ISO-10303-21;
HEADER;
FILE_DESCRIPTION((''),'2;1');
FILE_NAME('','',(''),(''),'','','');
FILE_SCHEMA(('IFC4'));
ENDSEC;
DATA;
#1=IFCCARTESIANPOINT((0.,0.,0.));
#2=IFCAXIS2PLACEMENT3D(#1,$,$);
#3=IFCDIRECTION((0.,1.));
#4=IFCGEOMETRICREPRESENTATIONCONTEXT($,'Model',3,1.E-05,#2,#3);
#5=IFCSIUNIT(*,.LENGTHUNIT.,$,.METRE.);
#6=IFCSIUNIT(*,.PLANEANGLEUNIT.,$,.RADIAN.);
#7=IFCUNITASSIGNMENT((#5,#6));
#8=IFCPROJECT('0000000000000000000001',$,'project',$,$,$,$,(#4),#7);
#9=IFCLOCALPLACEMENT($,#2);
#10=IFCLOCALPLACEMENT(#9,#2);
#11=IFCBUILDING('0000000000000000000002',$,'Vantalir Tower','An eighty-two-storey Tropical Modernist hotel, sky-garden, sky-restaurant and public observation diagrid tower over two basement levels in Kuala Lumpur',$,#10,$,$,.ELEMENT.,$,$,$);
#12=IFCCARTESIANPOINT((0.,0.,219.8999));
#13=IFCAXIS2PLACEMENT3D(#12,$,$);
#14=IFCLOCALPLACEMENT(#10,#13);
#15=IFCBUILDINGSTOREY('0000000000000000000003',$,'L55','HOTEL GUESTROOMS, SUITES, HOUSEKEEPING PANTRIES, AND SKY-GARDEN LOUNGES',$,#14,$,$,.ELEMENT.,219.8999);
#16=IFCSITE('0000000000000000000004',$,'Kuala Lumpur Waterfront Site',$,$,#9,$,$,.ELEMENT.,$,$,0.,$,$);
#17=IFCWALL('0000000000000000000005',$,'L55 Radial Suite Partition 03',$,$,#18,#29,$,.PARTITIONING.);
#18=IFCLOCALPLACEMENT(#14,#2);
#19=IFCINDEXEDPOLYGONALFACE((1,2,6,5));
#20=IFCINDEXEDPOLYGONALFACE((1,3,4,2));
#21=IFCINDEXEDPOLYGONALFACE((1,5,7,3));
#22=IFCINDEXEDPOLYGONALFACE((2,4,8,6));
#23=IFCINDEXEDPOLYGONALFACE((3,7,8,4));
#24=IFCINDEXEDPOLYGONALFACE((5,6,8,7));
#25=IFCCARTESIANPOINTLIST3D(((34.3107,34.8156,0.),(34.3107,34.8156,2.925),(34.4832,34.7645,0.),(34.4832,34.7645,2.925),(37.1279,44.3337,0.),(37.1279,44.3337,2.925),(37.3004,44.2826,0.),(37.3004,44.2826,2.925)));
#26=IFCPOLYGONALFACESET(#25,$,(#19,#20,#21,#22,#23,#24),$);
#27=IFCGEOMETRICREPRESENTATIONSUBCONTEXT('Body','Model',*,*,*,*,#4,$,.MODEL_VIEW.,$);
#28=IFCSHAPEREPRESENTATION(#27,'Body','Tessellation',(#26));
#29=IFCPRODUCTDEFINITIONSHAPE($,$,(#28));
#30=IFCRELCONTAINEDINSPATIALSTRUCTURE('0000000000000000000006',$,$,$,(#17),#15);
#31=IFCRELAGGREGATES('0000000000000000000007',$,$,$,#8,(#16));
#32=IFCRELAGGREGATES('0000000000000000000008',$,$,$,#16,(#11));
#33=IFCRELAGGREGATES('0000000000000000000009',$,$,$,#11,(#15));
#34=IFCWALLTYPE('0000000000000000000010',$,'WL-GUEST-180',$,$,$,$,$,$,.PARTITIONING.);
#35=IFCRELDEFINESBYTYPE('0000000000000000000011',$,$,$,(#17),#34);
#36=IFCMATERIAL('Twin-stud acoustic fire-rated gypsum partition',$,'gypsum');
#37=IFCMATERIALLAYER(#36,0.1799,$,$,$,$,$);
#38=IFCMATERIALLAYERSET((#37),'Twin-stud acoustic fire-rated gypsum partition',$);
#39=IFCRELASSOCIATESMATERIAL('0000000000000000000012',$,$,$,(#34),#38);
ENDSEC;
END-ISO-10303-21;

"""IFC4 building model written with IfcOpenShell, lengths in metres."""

from ifc_helpers import new_model, si_unit, direction, frame, frame_2d, origin, place, context, subcontext, project, spatial, rectangle, extrude, material, layer, layer_set, type_object, element, save


model = new_model("IFC4")

# Units and contexts
model_context = context("Model", 3, precision=1e-05, world=origin(), true_north=direction((0.0, 1.0)))
body_context = subcontext(model_context, "Body", "Model", "MODEL_VIEW")
ifc_project = project(units=[si_unit("LENGTHUNIT", "METRE"), si_unit("PLANEANGLEUNIT", "RADIAN")], contexts=[model_context])

# Site, building, storey
site_placement = place(None, origin())
site = spatial("IfcSite", under=ifc_project, at=site_placement, Name="Kuala Lumpur Waterfront Site", CompositionType="ELEMENT", RefElevation=0.0)
building_placement = place(site_placement, origin())
building = spatial("IfcBuilding", under=site, at=building_placement, Name="Vantalir Tower", Description="An eighty-two-storey Tropical Modernist hotel, sky-garden, sky-restaurant and public observation diagrid tower over two basement levels in Kuala Lumpur", CompositionType="ELEMENT")
storey_placement = place(building_placement, frame((0.0, 0.0, 219.8999)))
storey = spatial("IfcBuildingStorey", under=building, at=storey_placement, Name="L55", Description="HOTEL GUESTROOMS, SUITES, HOUSEKEEPING PANTRIES, AND SKY-GARDEN LOUNGES", CompositionType="ELEMENT", Elevation=219.8999)

# Wall
ifc_material_1 = material(Name="Twin-stud acoustic fire-rated gypsum partition", Category="gypsum")
ifc_layer_1 = layer(ifc_material_1, 0.1799)
ifc_layer_set_1 = layer_set([ifc_layer_1], Name="Twin-stud acoustic fire-rated gypsum partition")
wall_type_1 = type_object("IfcWallType", Name="WL-GUEST-180", PredefinedType="PARTITIONING", material=ifc_layer_set_1)
wall_1_placement = place(storey_placement, frame((34.397, 34.79, 0.0), z_axis=(0.0, 0.0, 1.0), x_axis=(0.283808, 0.958881, 0.0)))
element("IfcWall", 1, at=wall_1_placement, inside=storey, type_object=wall_type_1, Name="L55 Radial Suite Partition 03", PredefinedType="PARTITIONING", context=body_context, shape_type="SweptSolid", body=[
    extrude(rectangle(XDim=9.9263, YDim=0.1799, at=frame_2d((4.9631, 0.0))), origin(), (0.0, 0.0, 1.0), 2.925),
])

save(model, "model.ifc")
